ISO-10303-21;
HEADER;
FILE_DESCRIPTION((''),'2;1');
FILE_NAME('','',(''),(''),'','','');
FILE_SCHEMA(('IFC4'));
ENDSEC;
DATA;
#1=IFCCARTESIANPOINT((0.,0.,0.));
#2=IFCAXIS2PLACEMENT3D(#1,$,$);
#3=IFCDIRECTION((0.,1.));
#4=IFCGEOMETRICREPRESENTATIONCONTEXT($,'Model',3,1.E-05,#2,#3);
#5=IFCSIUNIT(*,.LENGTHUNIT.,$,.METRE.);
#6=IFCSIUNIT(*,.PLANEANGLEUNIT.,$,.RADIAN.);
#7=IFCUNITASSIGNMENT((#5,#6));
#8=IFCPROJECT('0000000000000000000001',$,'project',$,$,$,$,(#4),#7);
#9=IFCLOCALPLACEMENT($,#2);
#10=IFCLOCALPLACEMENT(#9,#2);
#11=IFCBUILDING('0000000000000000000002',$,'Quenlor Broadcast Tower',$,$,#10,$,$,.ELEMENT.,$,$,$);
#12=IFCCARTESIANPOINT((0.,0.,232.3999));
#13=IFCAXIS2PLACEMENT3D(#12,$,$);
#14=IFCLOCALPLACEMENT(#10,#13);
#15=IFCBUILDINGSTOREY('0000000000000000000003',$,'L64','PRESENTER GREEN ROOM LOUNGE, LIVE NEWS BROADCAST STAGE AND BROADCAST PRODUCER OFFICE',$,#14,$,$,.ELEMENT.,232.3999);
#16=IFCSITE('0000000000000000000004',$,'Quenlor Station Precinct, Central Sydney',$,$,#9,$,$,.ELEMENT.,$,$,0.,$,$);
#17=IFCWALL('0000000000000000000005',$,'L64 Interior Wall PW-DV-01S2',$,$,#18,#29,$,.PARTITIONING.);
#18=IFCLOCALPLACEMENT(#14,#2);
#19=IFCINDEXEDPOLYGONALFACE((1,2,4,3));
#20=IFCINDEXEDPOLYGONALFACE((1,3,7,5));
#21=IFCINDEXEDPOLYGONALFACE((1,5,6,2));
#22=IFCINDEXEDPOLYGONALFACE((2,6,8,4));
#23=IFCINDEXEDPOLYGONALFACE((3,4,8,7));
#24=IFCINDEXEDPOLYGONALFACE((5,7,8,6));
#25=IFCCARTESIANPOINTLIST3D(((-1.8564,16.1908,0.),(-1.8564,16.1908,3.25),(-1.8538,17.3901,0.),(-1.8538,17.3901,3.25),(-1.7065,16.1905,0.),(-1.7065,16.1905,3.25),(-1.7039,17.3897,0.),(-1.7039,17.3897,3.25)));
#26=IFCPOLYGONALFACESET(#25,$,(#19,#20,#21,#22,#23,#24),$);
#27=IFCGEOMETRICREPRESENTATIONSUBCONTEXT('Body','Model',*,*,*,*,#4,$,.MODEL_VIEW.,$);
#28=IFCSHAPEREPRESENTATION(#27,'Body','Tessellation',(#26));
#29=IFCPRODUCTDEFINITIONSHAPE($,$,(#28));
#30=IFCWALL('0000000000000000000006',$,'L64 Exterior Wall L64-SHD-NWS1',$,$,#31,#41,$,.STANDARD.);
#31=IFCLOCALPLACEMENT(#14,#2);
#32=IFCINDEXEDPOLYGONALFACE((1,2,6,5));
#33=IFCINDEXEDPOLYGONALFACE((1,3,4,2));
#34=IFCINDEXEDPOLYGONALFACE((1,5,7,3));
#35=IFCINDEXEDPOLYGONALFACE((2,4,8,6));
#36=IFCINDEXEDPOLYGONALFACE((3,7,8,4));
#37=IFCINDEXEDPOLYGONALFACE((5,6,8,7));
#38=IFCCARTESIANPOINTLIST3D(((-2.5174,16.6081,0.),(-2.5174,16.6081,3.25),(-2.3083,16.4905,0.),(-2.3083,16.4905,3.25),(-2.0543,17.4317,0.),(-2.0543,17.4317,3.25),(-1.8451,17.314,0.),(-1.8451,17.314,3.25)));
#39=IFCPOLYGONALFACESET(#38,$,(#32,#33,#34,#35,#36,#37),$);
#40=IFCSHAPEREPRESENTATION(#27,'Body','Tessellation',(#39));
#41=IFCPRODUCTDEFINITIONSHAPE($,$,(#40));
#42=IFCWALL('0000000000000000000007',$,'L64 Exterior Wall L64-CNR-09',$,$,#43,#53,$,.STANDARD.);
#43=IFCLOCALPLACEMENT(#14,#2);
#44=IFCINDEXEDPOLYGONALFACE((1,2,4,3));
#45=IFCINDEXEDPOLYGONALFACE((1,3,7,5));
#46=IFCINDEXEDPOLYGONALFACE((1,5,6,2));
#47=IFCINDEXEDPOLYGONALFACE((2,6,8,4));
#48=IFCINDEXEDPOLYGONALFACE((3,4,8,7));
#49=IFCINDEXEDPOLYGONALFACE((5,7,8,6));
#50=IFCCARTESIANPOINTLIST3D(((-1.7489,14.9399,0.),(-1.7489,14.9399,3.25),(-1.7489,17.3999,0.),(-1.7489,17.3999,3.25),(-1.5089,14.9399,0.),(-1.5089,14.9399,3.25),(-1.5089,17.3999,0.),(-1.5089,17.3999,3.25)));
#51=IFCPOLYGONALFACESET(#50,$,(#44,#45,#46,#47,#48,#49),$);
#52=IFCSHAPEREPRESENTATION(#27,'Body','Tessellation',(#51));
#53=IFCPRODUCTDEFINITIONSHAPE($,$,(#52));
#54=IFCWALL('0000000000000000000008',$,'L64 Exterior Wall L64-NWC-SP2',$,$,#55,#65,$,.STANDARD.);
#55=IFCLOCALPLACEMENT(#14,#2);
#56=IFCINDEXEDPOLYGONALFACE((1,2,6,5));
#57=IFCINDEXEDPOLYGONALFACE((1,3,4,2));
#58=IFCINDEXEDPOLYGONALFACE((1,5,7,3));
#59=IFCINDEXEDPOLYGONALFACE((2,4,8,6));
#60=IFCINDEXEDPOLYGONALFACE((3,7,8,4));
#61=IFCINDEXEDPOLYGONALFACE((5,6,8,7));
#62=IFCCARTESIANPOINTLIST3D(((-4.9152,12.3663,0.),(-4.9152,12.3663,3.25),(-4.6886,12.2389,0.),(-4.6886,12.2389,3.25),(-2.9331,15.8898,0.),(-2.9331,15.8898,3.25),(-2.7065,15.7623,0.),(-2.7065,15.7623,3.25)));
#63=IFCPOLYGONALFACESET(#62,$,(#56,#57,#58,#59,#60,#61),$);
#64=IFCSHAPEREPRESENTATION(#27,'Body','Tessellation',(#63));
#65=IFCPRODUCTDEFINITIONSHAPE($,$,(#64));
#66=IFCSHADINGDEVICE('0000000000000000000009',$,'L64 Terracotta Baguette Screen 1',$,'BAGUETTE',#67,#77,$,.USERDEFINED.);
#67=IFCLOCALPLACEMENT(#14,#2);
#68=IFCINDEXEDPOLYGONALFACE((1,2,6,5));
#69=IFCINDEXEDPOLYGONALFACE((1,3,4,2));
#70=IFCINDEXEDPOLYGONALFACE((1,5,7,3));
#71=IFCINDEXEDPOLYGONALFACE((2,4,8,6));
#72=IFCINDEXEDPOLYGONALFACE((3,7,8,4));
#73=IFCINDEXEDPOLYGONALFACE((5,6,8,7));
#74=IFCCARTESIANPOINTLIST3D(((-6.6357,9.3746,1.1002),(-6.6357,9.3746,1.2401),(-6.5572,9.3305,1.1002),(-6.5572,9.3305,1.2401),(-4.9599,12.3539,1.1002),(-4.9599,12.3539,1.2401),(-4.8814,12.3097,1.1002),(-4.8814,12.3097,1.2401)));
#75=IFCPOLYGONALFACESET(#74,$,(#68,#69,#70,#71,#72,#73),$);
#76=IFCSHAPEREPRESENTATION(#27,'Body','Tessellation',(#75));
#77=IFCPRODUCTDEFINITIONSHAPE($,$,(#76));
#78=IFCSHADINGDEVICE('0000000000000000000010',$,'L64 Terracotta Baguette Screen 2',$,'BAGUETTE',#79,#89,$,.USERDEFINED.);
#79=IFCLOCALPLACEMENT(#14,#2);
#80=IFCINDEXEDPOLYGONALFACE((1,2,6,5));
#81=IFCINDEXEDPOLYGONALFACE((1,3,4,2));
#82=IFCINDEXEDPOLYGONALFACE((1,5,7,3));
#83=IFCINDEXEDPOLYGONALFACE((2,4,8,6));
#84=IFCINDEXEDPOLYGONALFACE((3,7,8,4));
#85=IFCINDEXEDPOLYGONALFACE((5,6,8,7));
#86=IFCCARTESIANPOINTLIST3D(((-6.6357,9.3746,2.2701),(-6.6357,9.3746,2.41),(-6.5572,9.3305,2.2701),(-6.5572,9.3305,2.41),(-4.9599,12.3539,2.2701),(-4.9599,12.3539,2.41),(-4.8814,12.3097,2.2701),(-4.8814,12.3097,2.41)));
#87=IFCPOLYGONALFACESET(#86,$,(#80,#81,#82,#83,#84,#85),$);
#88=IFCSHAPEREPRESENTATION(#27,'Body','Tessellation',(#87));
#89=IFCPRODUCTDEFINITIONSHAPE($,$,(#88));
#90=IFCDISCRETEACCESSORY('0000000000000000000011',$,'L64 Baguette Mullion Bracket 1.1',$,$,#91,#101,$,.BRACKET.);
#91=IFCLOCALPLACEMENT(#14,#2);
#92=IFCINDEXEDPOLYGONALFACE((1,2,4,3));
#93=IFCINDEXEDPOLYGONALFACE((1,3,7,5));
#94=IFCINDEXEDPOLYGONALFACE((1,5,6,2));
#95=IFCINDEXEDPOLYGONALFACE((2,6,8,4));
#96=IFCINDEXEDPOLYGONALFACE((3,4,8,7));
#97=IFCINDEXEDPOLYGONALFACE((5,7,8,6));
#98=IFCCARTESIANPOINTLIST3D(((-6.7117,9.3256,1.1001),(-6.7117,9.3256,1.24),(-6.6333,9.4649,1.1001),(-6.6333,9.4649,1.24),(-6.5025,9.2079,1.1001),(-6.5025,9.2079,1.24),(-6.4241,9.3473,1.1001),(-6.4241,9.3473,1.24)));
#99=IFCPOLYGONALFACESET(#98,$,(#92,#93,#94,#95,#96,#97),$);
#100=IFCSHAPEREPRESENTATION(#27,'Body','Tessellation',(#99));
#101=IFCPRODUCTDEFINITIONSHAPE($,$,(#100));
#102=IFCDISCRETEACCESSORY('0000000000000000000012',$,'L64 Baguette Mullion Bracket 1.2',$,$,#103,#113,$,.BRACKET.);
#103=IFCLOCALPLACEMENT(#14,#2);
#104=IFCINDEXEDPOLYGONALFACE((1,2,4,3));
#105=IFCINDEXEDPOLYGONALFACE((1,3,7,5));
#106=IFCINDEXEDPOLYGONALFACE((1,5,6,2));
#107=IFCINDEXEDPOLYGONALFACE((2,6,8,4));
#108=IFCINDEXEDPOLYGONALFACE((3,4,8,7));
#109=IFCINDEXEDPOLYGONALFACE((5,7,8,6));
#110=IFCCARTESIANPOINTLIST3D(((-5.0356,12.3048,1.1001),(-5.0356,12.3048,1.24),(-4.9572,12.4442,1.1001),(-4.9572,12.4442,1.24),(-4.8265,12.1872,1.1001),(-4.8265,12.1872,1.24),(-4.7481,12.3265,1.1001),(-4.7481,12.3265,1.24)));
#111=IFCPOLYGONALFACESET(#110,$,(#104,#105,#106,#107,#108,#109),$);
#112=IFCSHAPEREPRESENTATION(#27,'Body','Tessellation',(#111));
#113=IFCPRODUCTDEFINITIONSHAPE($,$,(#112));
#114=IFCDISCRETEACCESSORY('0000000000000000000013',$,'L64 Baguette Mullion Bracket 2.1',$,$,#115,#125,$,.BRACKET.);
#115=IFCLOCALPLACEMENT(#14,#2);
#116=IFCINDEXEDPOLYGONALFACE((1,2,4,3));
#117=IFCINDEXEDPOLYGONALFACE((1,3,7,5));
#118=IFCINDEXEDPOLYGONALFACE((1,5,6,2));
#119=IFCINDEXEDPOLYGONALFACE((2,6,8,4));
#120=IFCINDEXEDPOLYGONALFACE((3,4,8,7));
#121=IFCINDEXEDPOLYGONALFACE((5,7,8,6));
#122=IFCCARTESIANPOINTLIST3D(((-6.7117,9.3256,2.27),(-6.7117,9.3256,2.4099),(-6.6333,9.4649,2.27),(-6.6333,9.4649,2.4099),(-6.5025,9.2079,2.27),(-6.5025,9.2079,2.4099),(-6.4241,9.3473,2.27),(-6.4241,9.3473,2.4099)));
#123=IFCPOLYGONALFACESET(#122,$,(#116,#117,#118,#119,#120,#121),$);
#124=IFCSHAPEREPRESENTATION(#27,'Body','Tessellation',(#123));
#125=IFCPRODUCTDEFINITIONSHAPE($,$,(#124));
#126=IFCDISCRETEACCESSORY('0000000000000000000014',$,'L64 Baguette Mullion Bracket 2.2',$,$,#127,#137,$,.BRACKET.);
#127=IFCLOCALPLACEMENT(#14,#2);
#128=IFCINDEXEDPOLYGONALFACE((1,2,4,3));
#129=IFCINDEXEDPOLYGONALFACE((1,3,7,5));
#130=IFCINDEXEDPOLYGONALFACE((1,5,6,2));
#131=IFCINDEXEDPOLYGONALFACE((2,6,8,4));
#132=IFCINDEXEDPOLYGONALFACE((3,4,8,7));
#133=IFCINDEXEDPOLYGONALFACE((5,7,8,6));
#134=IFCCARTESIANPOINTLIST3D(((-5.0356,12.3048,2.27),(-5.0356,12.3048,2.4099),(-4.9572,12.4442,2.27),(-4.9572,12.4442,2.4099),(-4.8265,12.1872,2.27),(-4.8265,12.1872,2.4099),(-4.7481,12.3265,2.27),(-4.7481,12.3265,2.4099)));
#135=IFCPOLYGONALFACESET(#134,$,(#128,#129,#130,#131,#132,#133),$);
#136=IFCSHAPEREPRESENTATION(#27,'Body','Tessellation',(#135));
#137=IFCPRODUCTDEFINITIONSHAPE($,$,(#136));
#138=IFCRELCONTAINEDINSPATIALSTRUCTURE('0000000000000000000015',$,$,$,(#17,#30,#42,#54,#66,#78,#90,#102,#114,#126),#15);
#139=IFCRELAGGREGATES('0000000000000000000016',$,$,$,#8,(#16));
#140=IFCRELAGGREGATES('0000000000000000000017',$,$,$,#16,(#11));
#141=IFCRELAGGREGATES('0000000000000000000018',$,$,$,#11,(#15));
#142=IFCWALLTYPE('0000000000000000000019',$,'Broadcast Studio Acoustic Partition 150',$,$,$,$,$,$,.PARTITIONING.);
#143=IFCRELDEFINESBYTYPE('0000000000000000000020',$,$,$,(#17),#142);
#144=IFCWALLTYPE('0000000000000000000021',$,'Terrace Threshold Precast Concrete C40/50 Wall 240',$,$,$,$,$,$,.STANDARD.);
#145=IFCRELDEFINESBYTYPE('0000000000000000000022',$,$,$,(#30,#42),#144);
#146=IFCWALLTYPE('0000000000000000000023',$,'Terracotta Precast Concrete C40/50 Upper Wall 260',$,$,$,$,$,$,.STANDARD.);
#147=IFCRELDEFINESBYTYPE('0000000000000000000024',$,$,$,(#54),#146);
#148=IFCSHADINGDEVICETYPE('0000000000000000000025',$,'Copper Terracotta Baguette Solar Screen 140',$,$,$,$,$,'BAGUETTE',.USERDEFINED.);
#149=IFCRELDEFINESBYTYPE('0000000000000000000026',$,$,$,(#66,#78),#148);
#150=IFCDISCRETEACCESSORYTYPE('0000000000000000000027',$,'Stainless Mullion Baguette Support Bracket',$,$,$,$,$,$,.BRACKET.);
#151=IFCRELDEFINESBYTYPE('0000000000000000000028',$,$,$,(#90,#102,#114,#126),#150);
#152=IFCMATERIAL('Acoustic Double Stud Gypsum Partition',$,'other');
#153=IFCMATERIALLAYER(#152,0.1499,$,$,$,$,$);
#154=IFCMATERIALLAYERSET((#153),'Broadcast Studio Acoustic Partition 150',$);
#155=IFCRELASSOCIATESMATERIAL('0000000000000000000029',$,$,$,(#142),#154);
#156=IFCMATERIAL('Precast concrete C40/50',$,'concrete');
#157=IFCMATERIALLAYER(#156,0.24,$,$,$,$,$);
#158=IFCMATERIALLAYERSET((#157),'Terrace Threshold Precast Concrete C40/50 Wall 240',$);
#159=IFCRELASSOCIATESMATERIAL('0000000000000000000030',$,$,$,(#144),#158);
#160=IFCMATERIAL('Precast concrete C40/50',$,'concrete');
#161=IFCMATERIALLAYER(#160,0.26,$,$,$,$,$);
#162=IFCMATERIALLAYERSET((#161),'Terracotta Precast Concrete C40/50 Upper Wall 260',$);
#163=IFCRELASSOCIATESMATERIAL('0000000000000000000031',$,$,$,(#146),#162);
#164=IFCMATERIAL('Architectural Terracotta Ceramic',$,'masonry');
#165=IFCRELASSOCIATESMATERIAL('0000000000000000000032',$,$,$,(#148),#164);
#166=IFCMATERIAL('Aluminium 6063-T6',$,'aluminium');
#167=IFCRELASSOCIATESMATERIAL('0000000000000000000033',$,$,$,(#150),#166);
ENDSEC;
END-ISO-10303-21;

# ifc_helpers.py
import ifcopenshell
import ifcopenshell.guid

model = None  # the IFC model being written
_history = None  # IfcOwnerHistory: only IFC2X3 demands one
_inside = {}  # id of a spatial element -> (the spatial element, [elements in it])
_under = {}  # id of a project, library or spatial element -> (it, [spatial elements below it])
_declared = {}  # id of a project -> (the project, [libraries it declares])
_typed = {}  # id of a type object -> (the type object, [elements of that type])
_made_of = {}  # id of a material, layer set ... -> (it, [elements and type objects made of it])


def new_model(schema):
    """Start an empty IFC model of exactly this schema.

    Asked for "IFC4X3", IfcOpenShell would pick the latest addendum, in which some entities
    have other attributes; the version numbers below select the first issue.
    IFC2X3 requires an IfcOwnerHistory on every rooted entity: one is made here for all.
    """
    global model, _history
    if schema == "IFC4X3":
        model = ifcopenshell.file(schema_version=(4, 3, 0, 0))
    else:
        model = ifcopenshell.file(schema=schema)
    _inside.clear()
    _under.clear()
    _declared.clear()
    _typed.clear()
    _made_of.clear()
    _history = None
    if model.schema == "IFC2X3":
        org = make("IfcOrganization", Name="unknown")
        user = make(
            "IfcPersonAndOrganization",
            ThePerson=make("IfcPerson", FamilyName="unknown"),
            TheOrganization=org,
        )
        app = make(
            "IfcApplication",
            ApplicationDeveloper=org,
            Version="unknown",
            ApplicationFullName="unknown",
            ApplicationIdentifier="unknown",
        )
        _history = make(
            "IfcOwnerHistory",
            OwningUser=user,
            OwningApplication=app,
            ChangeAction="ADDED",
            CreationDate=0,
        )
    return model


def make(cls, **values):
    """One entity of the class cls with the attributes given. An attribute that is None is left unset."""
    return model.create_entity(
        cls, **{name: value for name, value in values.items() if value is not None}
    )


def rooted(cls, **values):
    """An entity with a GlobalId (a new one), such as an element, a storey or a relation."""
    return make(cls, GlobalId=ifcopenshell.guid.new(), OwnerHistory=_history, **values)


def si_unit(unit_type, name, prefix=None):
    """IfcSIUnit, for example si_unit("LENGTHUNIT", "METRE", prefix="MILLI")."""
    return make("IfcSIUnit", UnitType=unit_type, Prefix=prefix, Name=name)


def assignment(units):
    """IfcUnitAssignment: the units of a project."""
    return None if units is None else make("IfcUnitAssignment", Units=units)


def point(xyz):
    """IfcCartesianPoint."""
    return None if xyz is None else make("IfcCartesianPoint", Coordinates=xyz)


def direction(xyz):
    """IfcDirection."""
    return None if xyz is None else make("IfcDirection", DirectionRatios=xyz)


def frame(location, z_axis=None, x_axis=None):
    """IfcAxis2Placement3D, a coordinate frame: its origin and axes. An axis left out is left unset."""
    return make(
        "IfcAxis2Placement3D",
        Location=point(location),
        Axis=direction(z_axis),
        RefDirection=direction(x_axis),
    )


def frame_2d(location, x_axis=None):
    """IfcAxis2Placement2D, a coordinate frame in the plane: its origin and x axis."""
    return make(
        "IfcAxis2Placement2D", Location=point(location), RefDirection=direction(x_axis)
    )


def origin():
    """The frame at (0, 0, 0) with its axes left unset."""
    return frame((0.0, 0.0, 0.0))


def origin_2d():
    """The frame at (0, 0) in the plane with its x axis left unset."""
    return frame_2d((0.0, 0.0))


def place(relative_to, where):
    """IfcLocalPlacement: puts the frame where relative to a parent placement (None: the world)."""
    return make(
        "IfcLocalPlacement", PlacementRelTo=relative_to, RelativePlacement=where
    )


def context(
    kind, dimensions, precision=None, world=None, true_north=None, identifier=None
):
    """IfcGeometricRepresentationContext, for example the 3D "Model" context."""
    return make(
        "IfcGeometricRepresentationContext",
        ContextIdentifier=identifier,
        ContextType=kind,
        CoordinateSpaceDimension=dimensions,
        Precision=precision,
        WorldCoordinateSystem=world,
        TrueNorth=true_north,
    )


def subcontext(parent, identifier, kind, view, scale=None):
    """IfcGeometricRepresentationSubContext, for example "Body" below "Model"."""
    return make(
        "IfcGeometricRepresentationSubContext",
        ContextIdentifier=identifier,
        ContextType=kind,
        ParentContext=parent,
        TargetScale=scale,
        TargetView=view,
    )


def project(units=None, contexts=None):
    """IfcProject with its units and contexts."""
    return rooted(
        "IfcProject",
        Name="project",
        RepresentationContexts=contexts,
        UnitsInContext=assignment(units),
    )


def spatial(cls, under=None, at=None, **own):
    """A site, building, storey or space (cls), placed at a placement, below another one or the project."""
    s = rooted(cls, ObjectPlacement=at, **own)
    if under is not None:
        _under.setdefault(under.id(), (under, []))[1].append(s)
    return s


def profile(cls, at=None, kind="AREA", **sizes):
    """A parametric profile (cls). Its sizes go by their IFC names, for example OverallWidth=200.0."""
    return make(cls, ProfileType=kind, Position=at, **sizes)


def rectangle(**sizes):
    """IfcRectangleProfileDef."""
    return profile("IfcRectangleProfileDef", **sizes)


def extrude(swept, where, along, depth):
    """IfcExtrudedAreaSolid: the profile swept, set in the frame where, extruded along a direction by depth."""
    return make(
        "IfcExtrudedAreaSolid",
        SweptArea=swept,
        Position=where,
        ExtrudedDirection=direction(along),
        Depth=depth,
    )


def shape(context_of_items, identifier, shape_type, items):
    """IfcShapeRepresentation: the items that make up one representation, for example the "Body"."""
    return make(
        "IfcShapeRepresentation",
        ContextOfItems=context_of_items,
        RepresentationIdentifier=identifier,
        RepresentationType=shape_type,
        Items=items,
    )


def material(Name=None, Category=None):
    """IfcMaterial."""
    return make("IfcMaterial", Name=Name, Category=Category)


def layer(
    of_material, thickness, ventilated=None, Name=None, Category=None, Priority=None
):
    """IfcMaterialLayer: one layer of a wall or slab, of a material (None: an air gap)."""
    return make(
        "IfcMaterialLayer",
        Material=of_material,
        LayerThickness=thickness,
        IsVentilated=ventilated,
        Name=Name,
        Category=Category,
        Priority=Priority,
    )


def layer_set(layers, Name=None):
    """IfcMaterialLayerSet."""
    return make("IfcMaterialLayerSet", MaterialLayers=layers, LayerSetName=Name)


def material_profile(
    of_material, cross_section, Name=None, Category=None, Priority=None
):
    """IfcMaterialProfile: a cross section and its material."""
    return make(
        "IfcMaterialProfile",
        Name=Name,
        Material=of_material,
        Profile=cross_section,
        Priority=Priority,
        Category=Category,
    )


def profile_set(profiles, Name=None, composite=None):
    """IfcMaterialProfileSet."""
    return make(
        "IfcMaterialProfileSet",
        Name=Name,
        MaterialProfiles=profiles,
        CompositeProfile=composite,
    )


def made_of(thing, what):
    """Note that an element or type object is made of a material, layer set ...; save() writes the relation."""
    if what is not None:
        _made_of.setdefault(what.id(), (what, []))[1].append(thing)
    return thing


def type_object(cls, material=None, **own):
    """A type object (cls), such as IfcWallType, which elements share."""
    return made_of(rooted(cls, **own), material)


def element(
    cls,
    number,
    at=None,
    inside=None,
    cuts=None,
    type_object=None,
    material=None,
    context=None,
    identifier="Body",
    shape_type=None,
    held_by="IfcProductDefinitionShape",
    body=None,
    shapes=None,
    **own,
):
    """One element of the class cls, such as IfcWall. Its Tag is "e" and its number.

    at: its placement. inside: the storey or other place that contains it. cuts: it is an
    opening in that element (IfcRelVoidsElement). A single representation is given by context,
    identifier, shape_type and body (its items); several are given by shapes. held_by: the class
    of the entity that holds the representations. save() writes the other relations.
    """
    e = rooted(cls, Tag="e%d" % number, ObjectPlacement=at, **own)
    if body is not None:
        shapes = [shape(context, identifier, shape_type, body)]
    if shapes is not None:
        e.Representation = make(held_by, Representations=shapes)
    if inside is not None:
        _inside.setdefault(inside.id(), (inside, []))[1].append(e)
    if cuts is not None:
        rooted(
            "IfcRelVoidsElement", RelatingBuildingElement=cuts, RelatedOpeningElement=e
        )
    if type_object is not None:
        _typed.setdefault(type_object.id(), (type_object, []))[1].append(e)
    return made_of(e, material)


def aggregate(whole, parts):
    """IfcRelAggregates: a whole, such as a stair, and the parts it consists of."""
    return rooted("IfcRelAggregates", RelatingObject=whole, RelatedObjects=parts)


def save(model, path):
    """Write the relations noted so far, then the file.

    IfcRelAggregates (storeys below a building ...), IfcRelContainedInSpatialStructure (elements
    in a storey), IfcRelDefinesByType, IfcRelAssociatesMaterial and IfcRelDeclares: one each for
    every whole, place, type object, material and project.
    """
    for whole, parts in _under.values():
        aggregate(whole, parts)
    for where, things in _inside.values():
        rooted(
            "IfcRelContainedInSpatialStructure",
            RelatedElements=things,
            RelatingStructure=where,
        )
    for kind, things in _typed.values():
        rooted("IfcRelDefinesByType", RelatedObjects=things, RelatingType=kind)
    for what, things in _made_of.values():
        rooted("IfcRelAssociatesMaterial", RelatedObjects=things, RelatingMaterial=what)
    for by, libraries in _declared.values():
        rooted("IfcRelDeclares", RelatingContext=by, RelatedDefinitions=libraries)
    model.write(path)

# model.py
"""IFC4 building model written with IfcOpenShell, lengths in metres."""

from ifc_helpers import new_model, si_unit, direction, frame, frame_2d, origin, origin_2d, place, context, subcontext, project, spatial, rectangle, extrude, material, layer, layer_set, material_profile, profile_set, type_object, element, save


model = new_model("IFC4")

# Units and contexts
model_context = context("Model", 3, precision=1e-05, world=origin(), true_north=direction((0.0, 1.0)))
body_context = subcontext(model_context, "Body", "Model", "MODEL_VIEW")
ifc_project = project(units=[si_unit("LENGTHUNIT", "METRE"), si_unit("PLANEANGLEUNIT", "RADIAN")], contexts=[model_context])

# Site, building, storey
site_placement = place(None, origin())
site = spatial("IfcSite", under=ifc_project, at=site_placement, Name="Quenlor Station Precinct, Central Sydney", CompositionType="ELEMENT", RefElevation=0.0)
building_placement = place(site_placement, origin())
building = spatial("IfcBuilding", under=site, at=building_placement, Name="Quenlor Broadcast Tower", CompositionType="ELEMENT")
storey_placement = place(building_placement, frame((0.0, 0.0, 232.3999)))
storey = spatial("IfcBuildingStorey", under=building, at=storey_placement, Name="L64", Description="PRESENTER GREEN ROOM LOUNGE, LIVE NEWS BROADCAST STAGE AND BROADCAST PRODUCER OFFICE", CompositionType="ELEMENT", Elevation=232.3999)

# Walls
ifc_material_1 = material(Name="Acoustic Double Stud Gypsum Partition", Category="other")
ifc_layer_1 = layer(ifc_material_1, 0.1499)
ifc_layer_set_1 = layer_set([ifc_layer_1], Name="Broadcast Studio Acoustic Partition 150")
wall_type_1 = type_object("IfcWallType", Name="Broadcast Studio Acoustic Partition 150", PredefinedType="PARTITIONING", material=ifc_layer_set_1)
wall_1_placement = place(storey_placement, frame((-1.7815, 16.1907, 0.0), z_axis=(0.0, 0.0, 1.0), x_axis=(0.002239, 0.999997, 0.0)))
element("IfcWall", 1, at=wall_1_placement, inside=storey, type_object=wall_type_1, Name="L64 Interior Wall PW-DV-01S2", PredefinedType="PARTITIONING", context=body_context, shape_type="SweptSolid", body=[
    extrude(rectangle(XDim=1.1992, YDim=0.1499, at=frame_2d((0.5996, 0.0))), origin(), (0.0, 0.0, 1.0), 3.25),
])
ifc_material_2 = material(Name="Precast concrete C40/50", Category="concrete")
ifc_layer_2 = layer(ifc_material_2, 0.24)
ifc_layer_set_2 = layer_set([ifc_layer_2], Name="Terrace Threshold Precast Concrete C40/50 Wall 240")
wall_type_2 = type_object("IfcWallType", Name="Terrace Threshold Precast Concrete C40/50 Wall 240", PredefinedType="STANDARD", material=ifc_layer_set_2)
wall_2_placement = place(storey_placement, frame((-2.4128, 16.5493, 0.0), z_axis=(0.0, 0.0, 1.0), x_axis=(0.4902, 0.87161, 0.0)))
element("IfcWall", 2, at=wall_2_placement, inside=storey, type_object=wall_type_2, Name="L64 Exterior Wall L64-SHD-NWS1", PredefinedType="STANDARD", context=body_context, shape_type="SweptSolid", body=[
    extrude(rectangle(XDim=0.9448, YDim=0.24, at=frame_2d((0.4724, 0.0))), origin(), (0.0, 0.0, 1.0), 3.25),
])
wall_3_placement = place(storey_placement, frame((-1.6289, 14.9399, 0.0), z_axis=(0.0, 0.0, 1.0), x_axis=(0.0, 1.0, 0.0)))
element("IfcWall", 3, at=wall_3_placement, inside=storey, type_object=wall_type_2, Name="L64 Exterior Wall L64-CNR-09", PredefinedType="STANDARD", context=body_context, shape_type="SweptSolid", body=[
    extrude(rectangle(XDim=2.46, YDim=0.24, at=frame_2d((1.23, 0.0))), origin(), (0.0, 0.0, 1.0), 3.25),
])
ifc_material_3 = material(Name="Precast concrete C40/50", Category="concrete")
ifc_layer_3 = layer(ifc_material_3, 0.26)
ifc_layer_set_3 = layer_set([ifc_layer_3], Name="Terracotta Precast Concrete C40/50 Upper Wall 260")
wall_type_3 = type_object("IfcWallType", Name="Terracotta Precast Concrete C40/50 Upper Wall 260", PredefinedType="STANDARD", material=ifc_layer_set_3)
wall_4_placement = place(storey_placement, frame((-4.802, 12.3025, 0.0), z_axis=(0.0, 0.0, 1.0), x_axis=(0.490307, 0.87155, 0.0)))
element("IfcWall", 4, at=wall_4_placement, inside=storey, type_object=wall_type_3, Name="L64 Exterior Wall L64-NWC-SP2", PredefinedType="STANDARD", context=body_context, shape_type="SweptSolid", body=[
    extrude(rectangle(XDim=4.0427, YDim=0.26, at=frame_2d((2.0215, 0.0))), origin(), (0.0, 0.0, 1.0), 3.25),
])

# Shading devices
ifc_material_4 = material(Name="Architectural Terracotta Ceramic", Category="masonry")
ifc_material_profile_1 = material_profile(ifc_material_4, rectangle(XDim=0.0901, YDim=0.1399, at=origin_2d()))
ifc_profile_set_1 = profile_set([ifc_material_profile_1], Name="Architectural Terracotta Ceramic BAG90x140")
shading_device_type = type_object("IfcShadingDeviceType", Name="Copper Terracotta Baguette Solar Screen 140", ElementType="BAGUETTE", PredefinedType="USERDEFINED", material=ifc_profile_set_1)
for number, where, z_axis, x_axis, name in (
    (5, (-6.5964, 9.3525, 1.1702), (0.490251, 0.871581, 0.0), (-0.871581, 0.490251, 0.0), "L64 Terracotta Baguette Screen 1"),
    (6, (-6.5964, 9.3525, 2.3401), (0.490251, 0.871581, 0.0), (-0.871581, 0.490251, 0.0), "L64 Terracotta Baguette Screen 2"),
):
    element("IfcShadingDevice", number, at=place(storey_placement, frame(where, z_axis=z_axis, x_axis=x_axis)), inside=storey, type_object=shading_device_type, Name=name, ObjectType="BAGUETTE", PredefinedType="USERDEFINED", context=body_context, shape_type="SweptSolid", body=[
        extrude(rectangle(XDim=0.0901, YDim=0.1399, at=origin_2d()), origin(), (0.0, 0.0, 1.0), 3.4182),
    ])

# Discrete accessories
ifc_material_5 = material(Name="Aluminium 6063-T6", Category="aluminium")
discrete_accessory_type = type_object("IfcDiscreteAccessoryType", Name="Stainless Mullion Baguette Support Bracket", PredefinedType="BRACKET", material=ifc_material_5)
for number, where, z_axis, x_axis, name in (
    (7, (-6.5679, 9.3364, 1.1001), (0.0, 0.0, 1.0), (0.49025, 0.871582, 0.0), "L64 Baguette Mullion Bracket 1.1"),
    (8, (-4.8918, 12.3157, 1.1001), (0.0, 0.0, 1.0), (0.49025, 0.871582, 0.0), "L64 Baguette Mullion Bracket 1.2"),
    (9, (-6.5679, 9.3364, 2.27), (0.0, 0.0, 1.0), (0.49025, 0.871582, 0.0), "L64 Baguette Mullion Bracket 2.1"),
    (10, (-4.8918, 12.3157, 2.27), (0.0, 0.0, 1.0), (0.49025, 0.871582, 0.0), "L64 Baguette Mullion Bracket 2.2"),
):
    element("IfcDiscreteAccessory", number, at=place(storey_placement, frame(where, z_axis=z_axis, x_axis=x_axis)), inside=storey, type_object=discrete_accessory_type, Name=name, PredefinedType="BRACKET", context=body_context, shape_type="SweptSolid", body=[
        extrude(rectangle(XDim=0.1599, YDim=0.24, at=origin_2d()), origin(), (0.0, 0.0, 1.0), 0.1399),
    ])

save(model, "model.ifc")
